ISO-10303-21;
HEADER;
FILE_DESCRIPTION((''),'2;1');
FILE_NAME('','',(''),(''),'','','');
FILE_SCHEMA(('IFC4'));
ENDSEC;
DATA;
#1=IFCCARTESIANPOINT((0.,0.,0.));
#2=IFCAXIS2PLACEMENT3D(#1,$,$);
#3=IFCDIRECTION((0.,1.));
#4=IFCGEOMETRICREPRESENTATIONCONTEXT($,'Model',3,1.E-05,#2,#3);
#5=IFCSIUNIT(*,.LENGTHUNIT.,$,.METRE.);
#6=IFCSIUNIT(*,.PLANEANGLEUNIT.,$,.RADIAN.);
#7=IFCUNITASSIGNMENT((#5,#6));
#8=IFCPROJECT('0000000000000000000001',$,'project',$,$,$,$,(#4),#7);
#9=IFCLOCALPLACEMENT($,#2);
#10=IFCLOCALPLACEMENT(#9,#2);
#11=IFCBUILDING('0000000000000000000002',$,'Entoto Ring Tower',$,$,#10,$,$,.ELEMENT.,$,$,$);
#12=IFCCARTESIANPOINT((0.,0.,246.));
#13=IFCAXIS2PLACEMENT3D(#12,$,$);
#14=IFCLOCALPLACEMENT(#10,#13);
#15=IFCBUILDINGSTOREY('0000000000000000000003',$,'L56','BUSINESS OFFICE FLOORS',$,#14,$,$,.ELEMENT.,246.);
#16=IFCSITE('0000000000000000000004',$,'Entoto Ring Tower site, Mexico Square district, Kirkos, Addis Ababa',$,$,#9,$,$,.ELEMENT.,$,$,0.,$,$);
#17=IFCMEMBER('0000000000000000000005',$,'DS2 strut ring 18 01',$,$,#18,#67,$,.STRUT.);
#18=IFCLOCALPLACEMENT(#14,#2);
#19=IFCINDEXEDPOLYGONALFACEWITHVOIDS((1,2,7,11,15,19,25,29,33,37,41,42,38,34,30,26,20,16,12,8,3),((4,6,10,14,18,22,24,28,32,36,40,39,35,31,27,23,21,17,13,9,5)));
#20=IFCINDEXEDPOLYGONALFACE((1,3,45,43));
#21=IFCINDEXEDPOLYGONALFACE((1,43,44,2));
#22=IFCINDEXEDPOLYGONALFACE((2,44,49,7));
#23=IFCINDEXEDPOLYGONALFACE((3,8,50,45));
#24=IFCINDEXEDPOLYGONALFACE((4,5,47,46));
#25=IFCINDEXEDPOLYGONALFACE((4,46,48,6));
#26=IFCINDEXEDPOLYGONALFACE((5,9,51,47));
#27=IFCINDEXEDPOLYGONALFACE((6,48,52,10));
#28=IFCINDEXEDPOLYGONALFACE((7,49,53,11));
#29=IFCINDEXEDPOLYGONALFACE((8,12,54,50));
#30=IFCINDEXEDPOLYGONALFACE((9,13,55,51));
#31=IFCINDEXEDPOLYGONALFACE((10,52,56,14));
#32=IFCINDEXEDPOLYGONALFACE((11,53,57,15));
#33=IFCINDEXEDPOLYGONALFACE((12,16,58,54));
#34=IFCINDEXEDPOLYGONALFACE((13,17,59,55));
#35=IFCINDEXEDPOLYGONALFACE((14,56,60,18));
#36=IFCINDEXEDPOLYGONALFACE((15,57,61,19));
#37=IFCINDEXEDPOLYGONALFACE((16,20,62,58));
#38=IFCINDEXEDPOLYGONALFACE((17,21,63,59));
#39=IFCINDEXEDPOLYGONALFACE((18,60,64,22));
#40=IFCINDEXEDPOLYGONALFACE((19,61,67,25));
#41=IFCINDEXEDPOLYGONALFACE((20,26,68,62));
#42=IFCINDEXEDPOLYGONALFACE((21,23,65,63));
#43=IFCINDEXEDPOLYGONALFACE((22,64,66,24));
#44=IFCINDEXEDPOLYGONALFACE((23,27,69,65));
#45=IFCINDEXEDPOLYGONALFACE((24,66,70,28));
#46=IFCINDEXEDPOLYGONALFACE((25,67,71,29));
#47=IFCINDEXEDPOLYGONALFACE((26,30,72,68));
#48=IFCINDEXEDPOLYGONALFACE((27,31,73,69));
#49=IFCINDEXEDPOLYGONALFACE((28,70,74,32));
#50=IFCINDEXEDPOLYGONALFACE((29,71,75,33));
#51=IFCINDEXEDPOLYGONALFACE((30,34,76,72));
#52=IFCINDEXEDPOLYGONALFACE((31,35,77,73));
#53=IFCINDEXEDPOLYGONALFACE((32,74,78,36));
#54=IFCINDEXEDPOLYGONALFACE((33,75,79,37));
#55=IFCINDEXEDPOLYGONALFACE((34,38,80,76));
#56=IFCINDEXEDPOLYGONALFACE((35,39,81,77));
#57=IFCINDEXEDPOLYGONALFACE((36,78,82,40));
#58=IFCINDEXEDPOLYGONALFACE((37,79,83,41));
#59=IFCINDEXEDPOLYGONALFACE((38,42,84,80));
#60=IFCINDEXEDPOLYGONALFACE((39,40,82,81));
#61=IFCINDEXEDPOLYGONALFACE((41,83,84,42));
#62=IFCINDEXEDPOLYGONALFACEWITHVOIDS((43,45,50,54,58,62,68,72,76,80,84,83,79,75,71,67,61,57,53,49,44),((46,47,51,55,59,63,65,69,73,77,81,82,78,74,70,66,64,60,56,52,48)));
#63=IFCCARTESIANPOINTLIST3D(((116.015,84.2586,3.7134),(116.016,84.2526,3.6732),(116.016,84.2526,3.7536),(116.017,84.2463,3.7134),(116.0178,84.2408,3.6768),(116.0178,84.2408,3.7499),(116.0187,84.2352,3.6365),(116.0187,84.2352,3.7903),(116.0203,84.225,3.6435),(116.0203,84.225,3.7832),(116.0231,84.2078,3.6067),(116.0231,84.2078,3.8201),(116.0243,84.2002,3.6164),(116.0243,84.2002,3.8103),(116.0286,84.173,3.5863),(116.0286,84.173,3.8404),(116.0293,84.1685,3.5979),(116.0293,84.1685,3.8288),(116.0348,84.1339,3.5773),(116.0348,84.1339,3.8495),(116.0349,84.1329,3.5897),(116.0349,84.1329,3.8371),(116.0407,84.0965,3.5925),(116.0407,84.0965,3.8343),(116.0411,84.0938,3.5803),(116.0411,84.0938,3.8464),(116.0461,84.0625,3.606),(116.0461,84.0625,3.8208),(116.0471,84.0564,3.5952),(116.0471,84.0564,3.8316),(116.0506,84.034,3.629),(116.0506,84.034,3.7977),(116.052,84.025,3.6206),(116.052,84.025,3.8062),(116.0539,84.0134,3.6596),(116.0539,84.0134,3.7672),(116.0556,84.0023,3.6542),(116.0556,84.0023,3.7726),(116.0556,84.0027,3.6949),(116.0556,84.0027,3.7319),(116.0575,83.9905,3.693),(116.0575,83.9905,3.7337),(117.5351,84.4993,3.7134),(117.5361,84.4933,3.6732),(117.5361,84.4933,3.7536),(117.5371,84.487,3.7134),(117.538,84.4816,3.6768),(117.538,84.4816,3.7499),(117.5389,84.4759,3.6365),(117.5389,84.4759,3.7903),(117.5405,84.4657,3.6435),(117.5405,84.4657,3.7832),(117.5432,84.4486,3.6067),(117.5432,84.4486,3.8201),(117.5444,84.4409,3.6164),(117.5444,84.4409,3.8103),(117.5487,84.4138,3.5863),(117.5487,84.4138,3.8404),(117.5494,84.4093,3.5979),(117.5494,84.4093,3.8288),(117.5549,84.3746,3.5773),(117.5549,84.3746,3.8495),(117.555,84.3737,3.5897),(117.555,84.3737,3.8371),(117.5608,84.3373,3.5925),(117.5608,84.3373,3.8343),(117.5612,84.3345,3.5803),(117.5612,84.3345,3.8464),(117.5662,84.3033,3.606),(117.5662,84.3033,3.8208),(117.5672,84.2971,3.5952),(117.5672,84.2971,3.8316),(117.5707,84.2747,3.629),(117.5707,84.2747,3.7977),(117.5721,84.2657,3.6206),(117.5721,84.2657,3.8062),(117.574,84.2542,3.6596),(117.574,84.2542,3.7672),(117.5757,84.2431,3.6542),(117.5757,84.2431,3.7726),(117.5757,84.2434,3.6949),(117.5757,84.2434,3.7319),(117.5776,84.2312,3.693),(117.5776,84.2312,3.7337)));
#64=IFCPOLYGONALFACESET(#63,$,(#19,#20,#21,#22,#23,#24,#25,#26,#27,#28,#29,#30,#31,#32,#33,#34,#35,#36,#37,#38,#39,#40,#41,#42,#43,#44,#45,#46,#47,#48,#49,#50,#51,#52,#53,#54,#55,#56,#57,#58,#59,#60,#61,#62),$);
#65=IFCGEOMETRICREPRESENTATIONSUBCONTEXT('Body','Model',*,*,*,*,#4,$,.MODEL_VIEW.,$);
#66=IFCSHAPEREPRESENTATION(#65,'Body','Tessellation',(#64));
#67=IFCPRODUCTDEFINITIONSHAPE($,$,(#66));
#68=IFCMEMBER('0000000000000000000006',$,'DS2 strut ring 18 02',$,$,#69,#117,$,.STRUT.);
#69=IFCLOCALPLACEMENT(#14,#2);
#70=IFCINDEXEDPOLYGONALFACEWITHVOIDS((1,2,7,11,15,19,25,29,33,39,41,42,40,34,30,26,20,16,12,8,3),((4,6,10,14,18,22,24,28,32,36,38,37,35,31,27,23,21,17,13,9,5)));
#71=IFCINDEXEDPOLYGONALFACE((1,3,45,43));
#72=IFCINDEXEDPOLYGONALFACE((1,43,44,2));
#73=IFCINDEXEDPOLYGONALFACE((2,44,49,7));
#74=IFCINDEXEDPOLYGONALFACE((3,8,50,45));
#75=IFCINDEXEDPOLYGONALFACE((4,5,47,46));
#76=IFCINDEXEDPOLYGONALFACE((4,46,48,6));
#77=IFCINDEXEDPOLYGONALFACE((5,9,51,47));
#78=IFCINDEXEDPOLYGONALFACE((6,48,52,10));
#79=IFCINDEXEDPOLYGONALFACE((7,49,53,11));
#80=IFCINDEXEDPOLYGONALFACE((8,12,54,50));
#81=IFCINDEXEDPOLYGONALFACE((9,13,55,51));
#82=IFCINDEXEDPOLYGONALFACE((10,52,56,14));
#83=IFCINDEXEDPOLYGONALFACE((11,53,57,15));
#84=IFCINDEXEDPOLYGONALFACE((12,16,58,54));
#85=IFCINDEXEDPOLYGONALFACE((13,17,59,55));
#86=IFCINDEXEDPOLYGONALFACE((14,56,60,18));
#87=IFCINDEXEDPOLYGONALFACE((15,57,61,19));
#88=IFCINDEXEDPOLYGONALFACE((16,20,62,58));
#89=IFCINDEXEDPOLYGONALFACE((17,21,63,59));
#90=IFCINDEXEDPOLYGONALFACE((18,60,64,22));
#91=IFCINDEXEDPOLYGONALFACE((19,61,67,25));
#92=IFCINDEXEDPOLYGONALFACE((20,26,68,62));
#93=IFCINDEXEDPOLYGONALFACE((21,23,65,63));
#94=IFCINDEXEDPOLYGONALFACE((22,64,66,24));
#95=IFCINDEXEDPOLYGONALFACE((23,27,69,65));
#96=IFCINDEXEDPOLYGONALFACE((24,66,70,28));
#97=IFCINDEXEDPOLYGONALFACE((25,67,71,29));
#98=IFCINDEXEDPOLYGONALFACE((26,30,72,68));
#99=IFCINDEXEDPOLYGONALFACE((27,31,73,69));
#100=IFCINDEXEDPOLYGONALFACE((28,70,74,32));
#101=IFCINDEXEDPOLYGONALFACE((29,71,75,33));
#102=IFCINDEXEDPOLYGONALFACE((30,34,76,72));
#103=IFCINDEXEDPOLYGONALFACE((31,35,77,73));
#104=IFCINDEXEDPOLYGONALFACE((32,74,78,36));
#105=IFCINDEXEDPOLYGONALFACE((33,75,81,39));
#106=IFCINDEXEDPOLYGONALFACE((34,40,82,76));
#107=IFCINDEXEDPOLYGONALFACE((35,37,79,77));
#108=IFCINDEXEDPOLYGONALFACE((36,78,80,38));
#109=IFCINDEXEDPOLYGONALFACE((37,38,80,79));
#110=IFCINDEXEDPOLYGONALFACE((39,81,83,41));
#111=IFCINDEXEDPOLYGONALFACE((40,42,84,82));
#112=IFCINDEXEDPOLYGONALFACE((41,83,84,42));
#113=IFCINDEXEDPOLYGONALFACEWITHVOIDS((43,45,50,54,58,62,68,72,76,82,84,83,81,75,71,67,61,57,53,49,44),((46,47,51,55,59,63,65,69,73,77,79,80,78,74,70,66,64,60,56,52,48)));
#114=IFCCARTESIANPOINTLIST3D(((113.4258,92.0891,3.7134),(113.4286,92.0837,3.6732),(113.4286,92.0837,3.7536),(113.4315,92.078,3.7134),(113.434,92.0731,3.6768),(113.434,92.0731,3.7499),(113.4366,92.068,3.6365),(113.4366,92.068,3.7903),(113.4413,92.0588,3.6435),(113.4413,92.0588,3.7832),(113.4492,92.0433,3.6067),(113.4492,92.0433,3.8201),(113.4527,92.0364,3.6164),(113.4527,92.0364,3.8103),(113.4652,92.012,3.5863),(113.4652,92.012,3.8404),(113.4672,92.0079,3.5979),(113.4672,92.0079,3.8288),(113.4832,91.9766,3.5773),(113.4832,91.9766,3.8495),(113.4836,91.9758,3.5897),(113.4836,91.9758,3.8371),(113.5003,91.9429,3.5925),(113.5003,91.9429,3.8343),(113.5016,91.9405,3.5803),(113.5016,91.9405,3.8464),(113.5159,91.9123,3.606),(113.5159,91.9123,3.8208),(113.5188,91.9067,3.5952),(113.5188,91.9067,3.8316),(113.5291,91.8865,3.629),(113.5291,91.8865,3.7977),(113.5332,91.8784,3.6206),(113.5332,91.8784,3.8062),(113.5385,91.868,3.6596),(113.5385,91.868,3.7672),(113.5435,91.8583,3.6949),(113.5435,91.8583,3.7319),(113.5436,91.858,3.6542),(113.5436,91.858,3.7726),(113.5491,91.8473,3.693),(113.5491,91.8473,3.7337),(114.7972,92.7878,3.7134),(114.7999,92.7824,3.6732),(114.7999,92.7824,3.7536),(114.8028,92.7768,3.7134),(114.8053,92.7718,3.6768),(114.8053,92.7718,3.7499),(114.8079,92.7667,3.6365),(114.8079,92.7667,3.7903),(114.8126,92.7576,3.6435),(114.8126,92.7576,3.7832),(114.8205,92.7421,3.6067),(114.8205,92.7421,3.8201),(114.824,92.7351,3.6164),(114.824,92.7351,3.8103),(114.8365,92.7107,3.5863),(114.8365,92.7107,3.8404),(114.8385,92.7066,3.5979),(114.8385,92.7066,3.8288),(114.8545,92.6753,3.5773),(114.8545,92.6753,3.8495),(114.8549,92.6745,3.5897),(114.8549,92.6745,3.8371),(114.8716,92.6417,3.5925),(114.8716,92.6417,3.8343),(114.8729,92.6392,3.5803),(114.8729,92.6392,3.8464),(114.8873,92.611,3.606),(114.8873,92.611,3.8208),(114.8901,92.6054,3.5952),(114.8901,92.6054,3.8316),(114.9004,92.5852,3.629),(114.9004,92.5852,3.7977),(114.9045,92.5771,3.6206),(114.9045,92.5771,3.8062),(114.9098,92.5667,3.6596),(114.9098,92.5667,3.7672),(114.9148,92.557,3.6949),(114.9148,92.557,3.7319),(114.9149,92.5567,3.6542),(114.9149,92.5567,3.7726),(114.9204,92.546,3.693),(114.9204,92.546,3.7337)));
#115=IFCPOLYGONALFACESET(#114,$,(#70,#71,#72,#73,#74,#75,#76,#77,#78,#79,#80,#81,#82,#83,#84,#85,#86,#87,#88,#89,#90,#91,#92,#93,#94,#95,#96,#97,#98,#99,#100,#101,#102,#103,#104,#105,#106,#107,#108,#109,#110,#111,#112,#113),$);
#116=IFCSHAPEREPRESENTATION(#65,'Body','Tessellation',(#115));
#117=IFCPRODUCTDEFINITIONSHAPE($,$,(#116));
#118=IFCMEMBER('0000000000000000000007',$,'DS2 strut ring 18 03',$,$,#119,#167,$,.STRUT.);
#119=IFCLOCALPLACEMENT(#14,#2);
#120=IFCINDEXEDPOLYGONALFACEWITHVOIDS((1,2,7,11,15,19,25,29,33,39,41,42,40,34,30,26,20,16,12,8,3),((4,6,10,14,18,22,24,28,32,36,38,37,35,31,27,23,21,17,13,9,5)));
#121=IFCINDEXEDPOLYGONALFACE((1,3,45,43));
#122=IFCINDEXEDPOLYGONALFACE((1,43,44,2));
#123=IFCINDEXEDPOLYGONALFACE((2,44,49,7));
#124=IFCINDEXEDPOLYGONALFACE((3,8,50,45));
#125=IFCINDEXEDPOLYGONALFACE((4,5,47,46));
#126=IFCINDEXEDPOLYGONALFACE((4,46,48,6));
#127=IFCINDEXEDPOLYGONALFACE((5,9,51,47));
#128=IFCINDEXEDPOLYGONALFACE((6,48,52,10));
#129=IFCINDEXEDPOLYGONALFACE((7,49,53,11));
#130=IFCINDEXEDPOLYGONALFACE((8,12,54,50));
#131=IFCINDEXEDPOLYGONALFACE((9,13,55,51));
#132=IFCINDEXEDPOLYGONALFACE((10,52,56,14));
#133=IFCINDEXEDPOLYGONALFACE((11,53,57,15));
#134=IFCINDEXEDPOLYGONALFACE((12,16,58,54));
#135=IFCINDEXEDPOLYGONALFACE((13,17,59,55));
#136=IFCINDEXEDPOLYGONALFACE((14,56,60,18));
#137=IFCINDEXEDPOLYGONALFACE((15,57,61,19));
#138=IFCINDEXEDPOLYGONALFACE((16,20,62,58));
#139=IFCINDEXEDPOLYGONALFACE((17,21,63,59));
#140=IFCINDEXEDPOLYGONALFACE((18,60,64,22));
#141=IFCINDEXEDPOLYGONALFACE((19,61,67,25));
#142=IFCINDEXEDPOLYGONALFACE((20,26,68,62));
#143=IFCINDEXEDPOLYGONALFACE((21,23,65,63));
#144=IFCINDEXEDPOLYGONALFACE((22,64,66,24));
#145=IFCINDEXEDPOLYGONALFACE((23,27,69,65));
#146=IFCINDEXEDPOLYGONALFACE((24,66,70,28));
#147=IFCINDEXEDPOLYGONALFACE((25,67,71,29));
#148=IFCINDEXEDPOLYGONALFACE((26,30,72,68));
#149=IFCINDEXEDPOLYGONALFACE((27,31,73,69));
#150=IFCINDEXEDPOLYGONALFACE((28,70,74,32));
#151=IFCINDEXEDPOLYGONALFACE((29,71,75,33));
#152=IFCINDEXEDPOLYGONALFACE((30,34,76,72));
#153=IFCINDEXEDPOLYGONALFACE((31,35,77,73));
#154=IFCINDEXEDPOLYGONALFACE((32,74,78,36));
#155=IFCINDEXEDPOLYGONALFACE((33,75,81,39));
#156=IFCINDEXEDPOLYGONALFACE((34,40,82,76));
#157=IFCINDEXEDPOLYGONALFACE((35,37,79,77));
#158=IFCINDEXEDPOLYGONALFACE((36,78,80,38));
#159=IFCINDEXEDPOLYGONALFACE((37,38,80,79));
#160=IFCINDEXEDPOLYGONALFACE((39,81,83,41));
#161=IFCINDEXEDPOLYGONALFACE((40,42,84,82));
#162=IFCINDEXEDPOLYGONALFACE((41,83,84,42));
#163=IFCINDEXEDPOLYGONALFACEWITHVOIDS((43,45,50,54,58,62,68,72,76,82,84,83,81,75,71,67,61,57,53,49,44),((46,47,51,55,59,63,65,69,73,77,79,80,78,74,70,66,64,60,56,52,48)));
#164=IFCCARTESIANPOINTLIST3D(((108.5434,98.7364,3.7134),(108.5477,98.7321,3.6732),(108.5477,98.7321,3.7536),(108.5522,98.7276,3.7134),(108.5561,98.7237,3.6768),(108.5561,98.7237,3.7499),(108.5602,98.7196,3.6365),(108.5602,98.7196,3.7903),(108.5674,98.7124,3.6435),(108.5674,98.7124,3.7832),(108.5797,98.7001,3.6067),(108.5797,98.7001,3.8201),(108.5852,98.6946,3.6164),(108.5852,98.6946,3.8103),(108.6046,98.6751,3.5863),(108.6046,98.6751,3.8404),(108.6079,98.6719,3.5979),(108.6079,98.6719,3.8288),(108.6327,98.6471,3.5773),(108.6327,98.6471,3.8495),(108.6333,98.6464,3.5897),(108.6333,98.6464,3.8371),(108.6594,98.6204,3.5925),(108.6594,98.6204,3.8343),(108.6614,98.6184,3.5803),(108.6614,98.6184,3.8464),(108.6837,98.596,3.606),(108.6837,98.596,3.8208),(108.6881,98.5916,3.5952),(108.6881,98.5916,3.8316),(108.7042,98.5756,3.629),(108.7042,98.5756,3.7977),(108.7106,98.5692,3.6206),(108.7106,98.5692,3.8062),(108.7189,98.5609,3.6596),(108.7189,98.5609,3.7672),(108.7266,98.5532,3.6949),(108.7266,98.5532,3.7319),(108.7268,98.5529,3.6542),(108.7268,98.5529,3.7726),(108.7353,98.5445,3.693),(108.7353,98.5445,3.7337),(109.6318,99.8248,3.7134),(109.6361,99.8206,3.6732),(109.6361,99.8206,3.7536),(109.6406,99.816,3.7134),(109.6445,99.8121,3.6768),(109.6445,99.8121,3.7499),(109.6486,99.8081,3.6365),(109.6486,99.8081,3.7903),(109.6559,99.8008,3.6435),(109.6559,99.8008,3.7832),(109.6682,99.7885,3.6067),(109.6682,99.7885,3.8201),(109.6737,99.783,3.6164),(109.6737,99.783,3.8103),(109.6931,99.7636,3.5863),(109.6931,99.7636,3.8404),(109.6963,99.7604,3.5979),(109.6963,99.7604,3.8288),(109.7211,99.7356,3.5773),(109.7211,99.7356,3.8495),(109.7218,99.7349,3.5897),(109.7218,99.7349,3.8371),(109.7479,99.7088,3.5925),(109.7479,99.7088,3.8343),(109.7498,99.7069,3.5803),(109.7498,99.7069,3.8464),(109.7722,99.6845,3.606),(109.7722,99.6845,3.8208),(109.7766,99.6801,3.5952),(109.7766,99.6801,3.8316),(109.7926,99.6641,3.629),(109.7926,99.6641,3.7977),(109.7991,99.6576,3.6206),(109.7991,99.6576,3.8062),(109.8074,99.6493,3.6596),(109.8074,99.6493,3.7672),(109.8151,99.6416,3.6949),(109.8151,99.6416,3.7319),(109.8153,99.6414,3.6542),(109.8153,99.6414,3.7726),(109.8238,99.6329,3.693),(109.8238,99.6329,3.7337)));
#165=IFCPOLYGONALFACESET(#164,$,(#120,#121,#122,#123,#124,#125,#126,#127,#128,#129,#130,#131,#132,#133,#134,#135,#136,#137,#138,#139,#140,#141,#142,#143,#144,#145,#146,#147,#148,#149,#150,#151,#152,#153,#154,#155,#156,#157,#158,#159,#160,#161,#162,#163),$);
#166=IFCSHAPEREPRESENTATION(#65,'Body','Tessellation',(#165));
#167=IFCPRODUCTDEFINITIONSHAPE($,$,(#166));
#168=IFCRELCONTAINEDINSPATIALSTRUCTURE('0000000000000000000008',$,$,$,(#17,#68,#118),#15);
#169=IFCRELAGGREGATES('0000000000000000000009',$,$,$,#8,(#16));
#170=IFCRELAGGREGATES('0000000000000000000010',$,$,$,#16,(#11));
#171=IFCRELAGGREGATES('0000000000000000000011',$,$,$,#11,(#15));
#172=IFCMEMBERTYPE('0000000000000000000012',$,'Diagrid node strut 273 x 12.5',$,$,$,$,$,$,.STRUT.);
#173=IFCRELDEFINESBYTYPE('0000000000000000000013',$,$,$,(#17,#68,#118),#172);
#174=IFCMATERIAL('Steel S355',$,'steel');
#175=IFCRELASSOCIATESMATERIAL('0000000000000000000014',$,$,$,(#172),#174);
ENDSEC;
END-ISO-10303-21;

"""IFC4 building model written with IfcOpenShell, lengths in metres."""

from ifc_helpers import new_model, si_unit, direction, frame, origin, origin_2d, place, context, subcontext, project, spatial, circle, hollow_circle, extrude, material, material_profile, profile_set, type_object, element, save


model = new_model("IFC4")

# Units and contexts
model_context = context("Model", 3, precision=1e-05, world=origin(), true_north=direction((0.0, 1.0)))
body_context = subcontext(model_context, "Body", "Model", "MODEL_VIEW")
ifc_project = project(units=[si_unit("LENGTHUNIT", "METRE"), si_unit("PLANEANGLEUNIT", "RADIAN")], contexts=[model_context])

# Site, building, storey
site_placement = place(None, origin())
site = spatial("IfcSite", under=ifc_project, at=site_placement, Name="Entoto Ring Tower site, Mexico Square district, Kirkos, Addis Ababa", CompositionType="ELEMENT", RefElevation=0.0)
building_placement = place(site_placement, origin())
building = spatial("IfcBuilding", under=site, at=building_placement, Name="Entoto Ring Tower", CompositionType="ELEMENT")
storey_placement = place(building_placement, frame((0.0, 0.0, 246.0)))
storey = spatial("IfcBuildingStorey", under=building, at=storey_placement, Name="L56", Description="BUSINESS OFFICE FLOORS", CompositionType="ELEMENT", Elevation=246.0)

# Members
ifc_material_1 = material(Name="Steel S355", Category="steel")
ifc_material_profile_1 = material_profile(ifc_material_1, hollow_circle(Radius=0.1365, WallThickness=0.0125, at=origin_2d()), Name="CHS 273 x 12.5")
ifc_material_2 = material(Name="Concrete C60/75", Category="concrete")
ifc_material_profile_2 = material_profile(ifc_material_2, circle(Radius=0.124, at=origin_2d()), Name="Concrete C60/75 infill")
ifc_profile_set_1 = profile_set([ifc_material_profile_1, ifc_material_profile_2], Name="Steel S355")
member_type = type_object("IfcMemberType", Name="Diagrid node strut 273 x 12.5", PredefinedType="STRUT", material=ifc_profile_set_1)
for number, where, z_axis, x_axis, name in (
    (1, (116.0364, 84.1238, 3.7134), (0.987691, 0.156419, 0.0), (-0.156419, 0.987691, 0.0), "DS2 strut ring 18 01"),
    (2, (113.4878, 91.9675, 3.7134), (0.891007, 0.45399, 0.0), (-0.45399, 0.891007, 0.0), "DS2 strut ring 18 02"),
):
    element("IfcMember", number, at=place(storey_placement, frame(where, z_axis=z_axis, x_axis=x_axis)), inside=storey, type_object=member_type, Name=name, PredefinedType="STRUT", context=body_context, shape_type="SweptSolid", body=[
        extrude(hollow_circle(Radius=0.1365, WallThickness=0.0125, at=origin_2d()), origin(), (0.0, 0.0, 1.0), 1.5391),
    ])
member_1_placement = place(storey_placement, frame((108.6399, 98.6399, 3.7134), z_axis=(0.707107, 0.707107, 0.0), x_axis=(-0.707107, 0.707107, 0.0)))
element("IfcMember", 3, at=member_1_placement, inside=storey, type_object=member_type, Name="DS2 strut ring 18 03", PredefinedType="STRUT", context=body_context, shape_type="SweptSolid", body=[
    extrude(hollow_circle(Radius=0.1365, WallThickness=0.0125, at=origin_2d()), origin(), (0.0, 0.0, 1.0), 1.5393),
])

save(model, "model.ifc")
